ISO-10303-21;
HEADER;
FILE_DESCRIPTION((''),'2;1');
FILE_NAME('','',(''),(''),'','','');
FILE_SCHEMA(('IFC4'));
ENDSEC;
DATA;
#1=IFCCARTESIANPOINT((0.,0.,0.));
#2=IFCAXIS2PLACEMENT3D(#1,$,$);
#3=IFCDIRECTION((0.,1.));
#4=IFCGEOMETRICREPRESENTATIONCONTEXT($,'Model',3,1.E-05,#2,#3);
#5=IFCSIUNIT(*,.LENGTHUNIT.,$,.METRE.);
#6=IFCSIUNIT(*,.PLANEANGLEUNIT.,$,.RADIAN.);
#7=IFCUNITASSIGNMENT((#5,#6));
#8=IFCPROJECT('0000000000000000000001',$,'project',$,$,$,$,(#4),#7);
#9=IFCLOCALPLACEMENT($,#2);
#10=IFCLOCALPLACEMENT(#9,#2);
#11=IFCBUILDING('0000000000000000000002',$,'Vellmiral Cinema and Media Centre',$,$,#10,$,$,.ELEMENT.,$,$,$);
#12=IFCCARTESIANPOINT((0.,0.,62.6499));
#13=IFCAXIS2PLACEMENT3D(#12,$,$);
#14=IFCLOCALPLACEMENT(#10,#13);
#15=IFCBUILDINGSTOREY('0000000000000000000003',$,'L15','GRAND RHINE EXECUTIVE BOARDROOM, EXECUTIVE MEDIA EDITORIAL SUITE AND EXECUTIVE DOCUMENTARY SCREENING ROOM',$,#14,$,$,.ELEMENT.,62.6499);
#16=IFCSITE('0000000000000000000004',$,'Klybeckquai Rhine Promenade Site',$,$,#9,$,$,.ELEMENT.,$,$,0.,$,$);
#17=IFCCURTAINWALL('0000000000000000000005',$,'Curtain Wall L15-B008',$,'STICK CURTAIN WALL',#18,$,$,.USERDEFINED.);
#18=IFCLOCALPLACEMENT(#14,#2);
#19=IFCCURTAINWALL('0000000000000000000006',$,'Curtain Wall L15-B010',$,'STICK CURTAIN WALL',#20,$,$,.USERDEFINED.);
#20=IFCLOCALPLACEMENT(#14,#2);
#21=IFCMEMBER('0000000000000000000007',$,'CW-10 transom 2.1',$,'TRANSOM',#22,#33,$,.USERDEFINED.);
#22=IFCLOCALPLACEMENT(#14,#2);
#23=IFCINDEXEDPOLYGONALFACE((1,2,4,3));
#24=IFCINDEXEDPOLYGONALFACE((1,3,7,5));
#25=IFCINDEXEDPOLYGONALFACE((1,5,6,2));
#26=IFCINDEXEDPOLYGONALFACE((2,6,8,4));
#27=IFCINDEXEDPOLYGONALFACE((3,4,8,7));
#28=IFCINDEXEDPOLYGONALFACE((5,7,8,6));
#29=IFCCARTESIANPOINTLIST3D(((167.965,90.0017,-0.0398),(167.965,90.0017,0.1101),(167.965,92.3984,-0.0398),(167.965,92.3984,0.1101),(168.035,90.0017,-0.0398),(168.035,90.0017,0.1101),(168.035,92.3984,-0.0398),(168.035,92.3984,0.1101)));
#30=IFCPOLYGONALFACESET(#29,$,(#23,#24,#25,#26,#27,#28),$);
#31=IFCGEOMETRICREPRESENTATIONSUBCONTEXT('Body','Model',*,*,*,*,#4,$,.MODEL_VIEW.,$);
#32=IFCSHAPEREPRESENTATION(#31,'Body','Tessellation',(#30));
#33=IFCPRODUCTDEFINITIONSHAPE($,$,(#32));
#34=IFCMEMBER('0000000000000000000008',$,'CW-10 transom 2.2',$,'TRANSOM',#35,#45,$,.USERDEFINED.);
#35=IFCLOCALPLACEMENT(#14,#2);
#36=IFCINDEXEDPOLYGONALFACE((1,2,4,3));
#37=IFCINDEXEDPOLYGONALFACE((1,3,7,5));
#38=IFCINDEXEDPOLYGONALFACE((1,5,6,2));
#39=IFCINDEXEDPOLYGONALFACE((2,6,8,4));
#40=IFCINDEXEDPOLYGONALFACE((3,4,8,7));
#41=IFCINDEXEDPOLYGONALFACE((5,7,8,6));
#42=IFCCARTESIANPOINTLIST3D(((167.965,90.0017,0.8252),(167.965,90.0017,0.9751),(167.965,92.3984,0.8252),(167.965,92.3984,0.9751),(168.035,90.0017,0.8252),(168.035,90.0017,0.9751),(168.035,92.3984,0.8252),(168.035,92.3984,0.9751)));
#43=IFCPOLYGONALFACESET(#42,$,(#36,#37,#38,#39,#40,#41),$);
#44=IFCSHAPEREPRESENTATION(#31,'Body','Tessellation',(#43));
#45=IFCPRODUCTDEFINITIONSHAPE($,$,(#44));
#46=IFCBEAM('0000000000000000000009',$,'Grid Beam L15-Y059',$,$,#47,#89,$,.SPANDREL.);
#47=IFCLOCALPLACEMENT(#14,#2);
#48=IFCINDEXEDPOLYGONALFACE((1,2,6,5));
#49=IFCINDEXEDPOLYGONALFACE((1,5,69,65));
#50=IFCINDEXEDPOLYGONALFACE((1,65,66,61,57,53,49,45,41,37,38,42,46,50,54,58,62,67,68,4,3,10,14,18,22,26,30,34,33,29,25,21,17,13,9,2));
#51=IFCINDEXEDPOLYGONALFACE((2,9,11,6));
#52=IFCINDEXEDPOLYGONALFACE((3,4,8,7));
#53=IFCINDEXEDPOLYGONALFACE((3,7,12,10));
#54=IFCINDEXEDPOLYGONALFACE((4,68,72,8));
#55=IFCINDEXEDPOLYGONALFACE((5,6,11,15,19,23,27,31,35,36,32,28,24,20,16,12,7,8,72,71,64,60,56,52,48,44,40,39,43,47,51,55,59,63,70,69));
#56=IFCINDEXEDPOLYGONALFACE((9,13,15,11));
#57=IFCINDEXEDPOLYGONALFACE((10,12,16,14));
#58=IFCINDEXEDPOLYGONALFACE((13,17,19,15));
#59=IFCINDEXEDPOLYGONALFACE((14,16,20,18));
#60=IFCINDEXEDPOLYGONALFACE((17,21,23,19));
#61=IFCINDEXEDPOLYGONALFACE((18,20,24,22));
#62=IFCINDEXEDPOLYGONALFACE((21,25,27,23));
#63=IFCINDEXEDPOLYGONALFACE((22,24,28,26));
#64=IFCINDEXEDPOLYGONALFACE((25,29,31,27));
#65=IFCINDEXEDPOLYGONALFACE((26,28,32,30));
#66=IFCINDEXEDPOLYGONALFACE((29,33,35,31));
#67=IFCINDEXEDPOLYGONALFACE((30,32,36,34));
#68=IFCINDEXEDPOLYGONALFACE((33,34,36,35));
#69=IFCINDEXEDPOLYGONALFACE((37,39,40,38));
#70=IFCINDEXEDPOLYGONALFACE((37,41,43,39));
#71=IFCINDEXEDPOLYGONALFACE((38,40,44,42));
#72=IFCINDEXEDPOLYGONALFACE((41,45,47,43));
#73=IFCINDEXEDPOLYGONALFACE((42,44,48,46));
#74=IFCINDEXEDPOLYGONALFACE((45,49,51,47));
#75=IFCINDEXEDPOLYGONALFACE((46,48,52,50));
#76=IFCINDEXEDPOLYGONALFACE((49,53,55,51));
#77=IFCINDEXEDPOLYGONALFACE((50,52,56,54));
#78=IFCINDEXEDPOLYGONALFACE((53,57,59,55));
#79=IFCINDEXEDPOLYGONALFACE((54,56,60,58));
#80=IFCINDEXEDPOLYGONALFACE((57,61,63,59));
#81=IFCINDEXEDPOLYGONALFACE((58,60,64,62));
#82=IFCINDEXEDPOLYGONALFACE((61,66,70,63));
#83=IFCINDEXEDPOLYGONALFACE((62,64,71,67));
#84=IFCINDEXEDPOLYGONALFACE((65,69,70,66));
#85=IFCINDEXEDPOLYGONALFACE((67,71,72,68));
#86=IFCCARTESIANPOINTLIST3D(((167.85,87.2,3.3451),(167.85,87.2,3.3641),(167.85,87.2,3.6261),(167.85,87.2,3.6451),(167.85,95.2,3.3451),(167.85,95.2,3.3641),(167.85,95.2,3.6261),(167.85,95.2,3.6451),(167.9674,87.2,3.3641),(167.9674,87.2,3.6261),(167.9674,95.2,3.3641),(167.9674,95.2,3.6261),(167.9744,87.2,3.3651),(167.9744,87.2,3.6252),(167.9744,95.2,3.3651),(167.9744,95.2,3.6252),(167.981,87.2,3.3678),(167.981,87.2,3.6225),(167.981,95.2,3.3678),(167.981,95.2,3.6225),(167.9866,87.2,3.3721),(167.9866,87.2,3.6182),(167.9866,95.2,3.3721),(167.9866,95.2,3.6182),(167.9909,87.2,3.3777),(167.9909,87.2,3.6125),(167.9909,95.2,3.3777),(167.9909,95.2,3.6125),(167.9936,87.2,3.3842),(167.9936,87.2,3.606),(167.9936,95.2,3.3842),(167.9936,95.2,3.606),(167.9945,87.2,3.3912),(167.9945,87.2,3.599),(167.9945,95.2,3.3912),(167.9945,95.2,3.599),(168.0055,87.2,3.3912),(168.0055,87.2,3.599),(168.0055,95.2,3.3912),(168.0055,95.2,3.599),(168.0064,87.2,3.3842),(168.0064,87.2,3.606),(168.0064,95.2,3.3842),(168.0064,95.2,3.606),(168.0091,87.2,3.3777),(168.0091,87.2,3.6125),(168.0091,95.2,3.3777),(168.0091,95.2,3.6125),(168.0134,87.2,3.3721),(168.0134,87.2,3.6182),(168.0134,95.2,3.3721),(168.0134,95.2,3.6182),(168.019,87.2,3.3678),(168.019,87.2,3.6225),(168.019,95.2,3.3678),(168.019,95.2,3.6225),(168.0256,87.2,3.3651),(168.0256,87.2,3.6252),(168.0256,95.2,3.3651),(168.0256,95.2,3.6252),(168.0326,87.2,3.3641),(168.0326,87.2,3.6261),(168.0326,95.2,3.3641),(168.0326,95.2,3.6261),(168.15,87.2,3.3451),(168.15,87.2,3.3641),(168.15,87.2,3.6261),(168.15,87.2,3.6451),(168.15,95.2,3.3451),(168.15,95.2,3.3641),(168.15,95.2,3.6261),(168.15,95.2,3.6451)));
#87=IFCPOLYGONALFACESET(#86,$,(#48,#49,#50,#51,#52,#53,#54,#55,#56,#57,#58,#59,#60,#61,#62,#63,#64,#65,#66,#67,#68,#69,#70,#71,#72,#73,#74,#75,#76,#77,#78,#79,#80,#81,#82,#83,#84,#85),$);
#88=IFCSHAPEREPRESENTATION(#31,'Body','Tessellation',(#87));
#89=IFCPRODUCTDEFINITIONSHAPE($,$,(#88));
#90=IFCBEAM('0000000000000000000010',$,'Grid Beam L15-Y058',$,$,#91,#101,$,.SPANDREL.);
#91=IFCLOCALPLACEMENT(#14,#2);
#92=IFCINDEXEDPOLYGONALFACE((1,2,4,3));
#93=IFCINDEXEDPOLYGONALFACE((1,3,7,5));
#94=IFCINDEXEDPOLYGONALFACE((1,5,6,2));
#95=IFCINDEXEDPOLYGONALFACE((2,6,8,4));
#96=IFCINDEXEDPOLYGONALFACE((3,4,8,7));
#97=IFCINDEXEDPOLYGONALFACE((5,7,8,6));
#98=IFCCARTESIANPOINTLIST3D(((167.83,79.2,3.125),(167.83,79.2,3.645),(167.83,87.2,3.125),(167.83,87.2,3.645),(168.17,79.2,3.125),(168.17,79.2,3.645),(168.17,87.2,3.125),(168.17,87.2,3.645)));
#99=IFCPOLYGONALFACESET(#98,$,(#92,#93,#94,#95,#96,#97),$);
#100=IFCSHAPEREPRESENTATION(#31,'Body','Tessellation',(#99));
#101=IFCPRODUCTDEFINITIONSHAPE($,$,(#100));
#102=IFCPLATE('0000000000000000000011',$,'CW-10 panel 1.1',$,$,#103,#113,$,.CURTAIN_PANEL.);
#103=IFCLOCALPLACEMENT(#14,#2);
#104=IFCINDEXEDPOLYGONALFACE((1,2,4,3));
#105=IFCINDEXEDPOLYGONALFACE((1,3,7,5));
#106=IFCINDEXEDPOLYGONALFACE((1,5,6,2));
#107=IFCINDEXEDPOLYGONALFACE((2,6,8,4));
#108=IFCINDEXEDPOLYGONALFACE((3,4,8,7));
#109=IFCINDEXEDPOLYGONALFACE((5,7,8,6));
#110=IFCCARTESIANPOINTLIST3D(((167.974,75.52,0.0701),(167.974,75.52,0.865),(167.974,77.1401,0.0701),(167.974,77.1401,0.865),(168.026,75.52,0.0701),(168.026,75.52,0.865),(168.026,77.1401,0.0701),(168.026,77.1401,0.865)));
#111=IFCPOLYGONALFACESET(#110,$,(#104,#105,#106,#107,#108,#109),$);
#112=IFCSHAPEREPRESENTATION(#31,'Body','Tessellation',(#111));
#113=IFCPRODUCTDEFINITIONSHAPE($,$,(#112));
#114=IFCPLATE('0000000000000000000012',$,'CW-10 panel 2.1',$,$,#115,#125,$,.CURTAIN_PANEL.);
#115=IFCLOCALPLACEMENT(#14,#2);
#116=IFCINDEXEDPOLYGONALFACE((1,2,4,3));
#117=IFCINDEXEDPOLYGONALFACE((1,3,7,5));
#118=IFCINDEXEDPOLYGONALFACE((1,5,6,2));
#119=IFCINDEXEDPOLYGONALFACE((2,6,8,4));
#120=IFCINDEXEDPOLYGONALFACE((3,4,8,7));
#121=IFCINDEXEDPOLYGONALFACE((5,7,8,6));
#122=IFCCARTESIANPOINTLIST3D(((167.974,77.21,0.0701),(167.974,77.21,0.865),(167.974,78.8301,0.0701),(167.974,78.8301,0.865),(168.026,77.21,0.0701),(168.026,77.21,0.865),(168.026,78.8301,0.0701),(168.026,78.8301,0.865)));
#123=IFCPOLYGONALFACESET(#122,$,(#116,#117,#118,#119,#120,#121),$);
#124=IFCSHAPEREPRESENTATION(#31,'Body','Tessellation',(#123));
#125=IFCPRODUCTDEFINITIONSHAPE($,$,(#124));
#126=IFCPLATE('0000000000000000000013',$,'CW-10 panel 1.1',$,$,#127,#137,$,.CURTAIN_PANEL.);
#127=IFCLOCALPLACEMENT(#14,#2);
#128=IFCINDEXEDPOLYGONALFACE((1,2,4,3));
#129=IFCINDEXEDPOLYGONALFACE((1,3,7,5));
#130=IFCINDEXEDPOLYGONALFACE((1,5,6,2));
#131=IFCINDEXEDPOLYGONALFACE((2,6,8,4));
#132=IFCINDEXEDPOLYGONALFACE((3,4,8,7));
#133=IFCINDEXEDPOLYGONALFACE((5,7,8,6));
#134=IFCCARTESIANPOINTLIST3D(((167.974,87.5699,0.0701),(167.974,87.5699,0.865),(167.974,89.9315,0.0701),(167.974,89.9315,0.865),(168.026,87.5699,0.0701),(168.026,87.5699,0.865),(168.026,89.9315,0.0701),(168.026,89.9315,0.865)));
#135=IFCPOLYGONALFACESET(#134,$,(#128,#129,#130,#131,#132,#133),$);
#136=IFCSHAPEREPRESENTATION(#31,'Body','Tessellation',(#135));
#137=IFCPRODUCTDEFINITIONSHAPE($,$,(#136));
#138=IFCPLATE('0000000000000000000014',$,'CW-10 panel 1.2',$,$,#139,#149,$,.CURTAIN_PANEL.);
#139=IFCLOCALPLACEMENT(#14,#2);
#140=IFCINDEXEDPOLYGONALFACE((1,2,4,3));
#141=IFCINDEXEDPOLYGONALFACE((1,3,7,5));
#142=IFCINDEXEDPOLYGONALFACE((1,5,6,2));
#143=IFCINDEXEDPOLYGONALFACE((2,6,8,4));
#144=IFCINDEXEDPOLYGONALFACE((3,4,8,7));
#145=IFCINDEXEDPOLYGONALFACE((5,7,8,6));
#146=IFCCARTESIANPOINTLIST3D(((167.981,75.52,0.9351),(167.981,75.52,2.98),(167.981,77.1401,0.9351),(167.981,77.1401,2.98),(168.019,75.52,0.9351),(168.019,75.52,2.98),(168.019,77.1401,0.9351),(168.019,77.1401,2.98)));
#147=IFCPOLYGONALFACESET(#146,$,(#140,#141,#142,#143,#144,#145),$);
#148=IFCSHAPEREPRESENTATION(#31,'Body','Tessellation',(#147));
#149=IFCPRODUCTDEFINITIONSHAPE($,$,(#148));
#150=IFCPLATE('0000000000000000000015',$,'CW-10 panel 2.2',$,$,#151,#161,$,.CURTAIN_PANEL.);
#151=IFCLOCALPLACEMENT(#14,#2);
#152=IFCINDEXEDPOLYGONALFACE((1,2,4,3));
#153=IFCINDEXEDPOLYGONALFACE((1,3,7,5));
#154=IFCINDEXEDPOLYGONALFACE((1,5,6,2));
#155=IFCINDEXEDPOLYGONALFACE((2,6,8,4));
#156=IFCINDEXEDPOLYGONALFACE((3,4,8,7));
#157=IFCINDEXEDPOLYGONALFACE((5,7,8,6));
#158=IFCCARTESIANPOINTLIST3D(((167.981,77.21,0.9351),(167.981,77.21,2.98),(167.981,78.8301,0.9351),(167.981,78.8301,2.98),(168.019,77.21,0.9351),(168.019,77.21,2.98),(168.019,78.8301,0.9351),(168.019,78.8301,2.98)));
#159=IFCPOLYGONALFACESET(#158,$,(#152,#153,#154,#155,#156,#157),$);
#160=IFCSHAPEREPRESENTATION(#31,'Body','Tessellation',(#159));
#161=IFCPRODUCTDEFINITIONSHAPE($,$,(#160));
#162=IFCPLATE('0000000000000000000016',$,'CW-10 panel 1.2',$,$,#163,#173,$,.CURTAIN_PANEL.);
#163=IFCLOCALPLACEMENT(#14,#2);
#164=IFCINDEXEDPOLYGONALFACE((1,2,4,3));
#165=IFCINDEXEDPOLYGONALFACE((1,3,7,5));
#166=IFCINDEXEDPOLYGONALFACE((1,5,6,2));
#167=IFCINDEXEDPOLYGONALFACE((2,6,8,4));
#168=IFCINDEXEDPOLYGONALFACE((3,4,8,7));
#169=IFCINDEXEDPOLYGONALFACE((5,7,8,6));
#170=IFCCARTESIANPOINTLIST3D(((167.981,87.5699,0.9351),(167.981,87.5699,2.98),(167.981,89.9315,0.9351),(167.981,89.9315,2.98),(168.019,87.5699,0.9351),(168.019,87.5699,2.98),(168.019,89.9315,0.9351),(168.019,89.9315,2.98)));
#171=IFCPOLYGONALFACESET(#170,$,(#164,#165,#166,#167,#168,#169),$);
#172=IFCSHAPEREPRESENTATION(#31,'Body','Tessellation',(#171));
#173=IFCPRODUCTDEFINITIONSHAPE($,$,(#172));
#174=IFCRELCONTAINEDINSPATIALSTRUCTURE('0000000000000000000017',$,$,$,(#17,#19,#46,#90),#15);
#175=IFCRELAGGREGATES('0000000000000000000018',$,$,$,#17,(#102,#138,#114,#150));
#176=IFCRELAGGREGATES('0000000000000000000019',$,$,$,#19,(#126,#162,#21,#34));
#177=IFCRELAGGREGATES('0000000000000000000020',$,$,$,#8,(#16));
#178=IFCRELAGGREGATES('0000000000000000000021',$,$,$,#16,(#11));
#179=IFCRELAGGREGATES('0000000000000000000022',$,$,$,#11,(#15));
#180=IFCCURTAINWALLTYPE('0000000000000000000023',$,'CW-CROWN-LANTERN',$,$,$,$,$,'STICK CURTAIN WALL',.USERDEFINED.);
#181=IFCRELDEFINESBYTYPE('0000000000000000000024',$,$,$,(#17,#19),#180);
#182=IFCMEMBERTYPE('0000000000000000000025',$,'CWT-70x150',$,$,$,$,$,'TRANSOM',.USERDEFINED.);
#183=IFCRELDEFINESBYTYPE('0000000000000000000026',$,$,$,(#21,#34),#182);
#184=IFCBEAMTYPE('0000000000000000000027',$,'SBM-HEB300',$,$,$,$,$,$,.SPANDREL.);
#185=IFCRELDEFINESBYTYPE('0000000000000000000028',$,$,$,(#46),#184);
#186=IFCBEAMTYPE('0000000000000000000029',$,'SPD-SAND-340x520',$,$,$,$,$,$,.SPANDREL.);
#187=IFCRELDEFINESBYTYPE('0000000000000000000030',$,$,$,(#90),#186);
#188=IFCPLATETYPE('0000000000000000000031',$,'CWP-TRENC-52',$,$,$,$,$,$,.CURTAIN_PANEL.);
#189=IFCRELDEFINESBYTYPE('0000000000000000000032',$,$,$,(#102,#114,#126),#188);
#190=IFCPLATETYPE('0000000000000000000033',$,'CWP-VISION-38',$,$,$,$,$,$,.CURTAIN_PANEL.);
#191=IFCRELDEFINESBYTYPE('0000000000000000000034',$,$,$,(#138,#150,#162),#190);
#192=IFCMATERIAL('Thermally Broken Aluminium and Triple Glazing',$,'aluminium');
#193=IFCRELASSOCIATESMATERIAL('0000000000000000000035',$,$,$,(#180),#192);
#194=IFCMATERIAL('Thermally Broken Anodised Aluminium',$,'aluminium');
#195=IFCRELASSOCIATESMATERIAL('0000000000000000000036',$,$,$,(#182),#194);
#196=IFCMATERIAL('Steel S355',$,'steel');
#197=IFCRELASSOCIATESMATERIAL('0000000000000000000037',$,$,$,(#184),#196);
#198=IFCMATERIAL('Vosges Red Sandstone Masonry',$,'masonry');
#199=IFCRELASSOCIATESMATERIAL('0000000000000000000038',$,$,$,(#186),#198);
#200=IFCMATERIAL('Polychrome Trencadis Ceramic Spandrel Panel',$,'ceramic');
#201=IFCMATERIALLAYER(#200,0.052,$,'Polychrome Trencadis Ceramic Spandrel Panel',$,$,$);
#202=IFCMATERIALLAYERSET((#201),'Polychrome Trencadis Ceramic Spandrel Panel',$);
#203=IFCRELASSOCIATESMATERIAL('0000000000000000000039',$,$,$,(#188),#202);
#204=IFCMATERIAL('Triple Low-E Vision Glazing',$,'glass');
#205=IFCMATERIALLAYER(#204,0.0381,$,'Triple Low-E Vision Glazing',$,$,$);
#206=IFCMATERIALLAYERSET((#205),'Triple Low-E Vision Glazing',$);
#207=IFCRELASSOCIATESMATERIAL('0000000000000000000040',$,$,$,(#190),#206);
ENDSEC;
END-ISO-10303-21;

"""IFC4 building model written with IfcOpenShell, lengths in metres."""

from ifc_helpers import new_model, si_unit, direction, frame, origin, origin_2d, place, context, subcontext, project, spatial, rectangle, i_section, extrude, material, layer, layer_set, material_profile, profile_set, type_object, element, aggregate, save


model = new_model("IFC4")

# Units and contexts
model_context = context("Model", 3, precision=1e-05, world=origin(), true_north=direction((0.0, 1.0)))
body_context = subcontext(model_context, "Body", "Model", "MODEL_VIEW")
ifc_project = project(units=[si_unit("LENGTHUNIT", "METRE"), si_unit("PLANEANGLEUNIT", "RADIAN")], contexts=[model_context])

# Site, building, storey
site_placement = place(None, origin())
site = spatial("IfcSite", under=ifc_project, at=site_placement, Name="Klybeckquai Rhine Promenade Site", CompositionType="ELEMENT", RefElevation=0.0)
building_placement = place(site_placement, origin())
building = spatial("IfcBuilding", under=site, at=building_placement, Name="Vellmiral Cinema and Media Centre", CompositionType="ELEMENT")
storey_placement = place(building_placement, frame((0.0, 0.0, 62.6499)))
storey = spatial("IfcBuildingStorey", under=building, at=storey_placement, Name="L15", Description="GRAND RHINE EXECUTIVE BOARDROOM, EXECUTIVE MEDIA EDITORIAL SUITE AND EXECUTIVE DOCUMENTARY SCREENING ROOM", CompositionType="ELEMENT", Elevation=62.6499)

# Curtain walls
ifc_material_1 = material(Name="Thermally Broken Aluminium and Triple Glazing", Category="aluminium")
curtain_wall_type = type_object("IfcCurtainWallType", Name="CW-CROWN-LANTERN", ElementType="STICK CURTAIN WALL", PredefinedType="USERDEFINED", material=ifc_material_1)
curtain_wall_1_placement = place(storey_placement, origin())
curtain_wall_1 = element("IfcCurtainWall", 1, at=curtain_wall_1_placement, inside=storey, type_object=curtain_wall_type, Name="Curtain Wall L15-B008", ObjectType="STICK CURTAIN WALL", PredefinedType="USERDEFINED")
curtain_wall_2_placement = place(storey_placement, origin())
curtain_wall_2 = element("IfcCurtainWall", 2, at=curtain_wall_2_placement, inside=storey, type_object=curtain_wall_type, Name="Curtain Wall L15-B010", ObjectType="STICK CURTAIN WALL", PredefinedType="USERDEFINED")

# Members
ifc_material_2 = material(Name="Thermally Broken Anodised Aluminium", Category="aluminium")
ifc_material_profile_1 = material_profile(ifc_material_2, rectangle(XDim=0.0701, YDim=0.1499, at=origin_2d()), Name="MULL 70x150")
ifc_profile_set_1 = profile_set([ifc_material_profile_1], Name="Thermally Broken Anodised Aluminium")
member_type_1 = type_object("IfcMemberType", Name="CWT-70x150", ElementType="TRANSOM", PredefinedType="USERDEFINED", material=ifc_profile_set_1)
member_1_placement = place(storey_placement, frame((168.0, 90.0017, 0.0352), z_axis=(0.0, 1.0, 0.0), x_axis=(-1.0, 0.0, 0.0)))
member_1 = element("IfcMember", 3, at=member_1_placement, type_object=member_type_1, Name="CW-10 transom 2.1", ObjectType="TRANSOM", PredefinedType="USERDEFINED", context=body_context, shape_type="SweptSolid", body=[
    extrude(rectangle(XDim=0.0701, YDim=0.1499, at=origin_2d()), origin(), (0.0, 0.0, 1.0), 2.3967),
])
member_2_placement = place(storey_placement, frame((168.0, 90.0017, 0.9001), z_axis=(0.0, 1.0, 0.0), x_axis=(-1.0, 0.0, 0.0)))
member_2 = element("IfcMember", 4, at=member_2_placement, type_object=member_type_1, Name="CW-10 transom 2.2", ObjectType="TRANSOM", PredefinedType="USERDEFINED", context=body_context, shape_type="SweptSolid", body=[
    extrude(rectangle(XDim=0.0701, YDim=0.1499, at=origin_2d()), origin(), (0.0, 0.0, 1.0), 2.3967),
])

# Beams
ifc_material_3 = material(Name="Steel S355", Category="steel")
ifc_material_profile_2 = material_profile(ifc_material_3, i_section(OverallWidth=0.3, OverallDepth=0.3, WebThickness=0.011, FlangeThickness=0.019, FilletRadius=0.0271, at=origin_2d()), Name="HEB 300")
ifc_profile_set_2 = profile_set([ifc_material_profile_2], Name="Steel S355")
beam_type_1 = type_object("IfcBeamType", Name="SBM-HEB300", PredefinedType="SPANDREL", material=ifc_profile_set_2)
beam_1_placement = place(storey_placement, frame((168.0, 87.2, 3.4951), z_axis=(0.0, 1.0, 0.0), x_axis=(-1.0, 0.0, 0.0)))
element("IfcBeam", 5, at=beam_1_placement, inside=storey, type_object=beam_type_1, Name="Grid Beam L15-Y059", PredefinedType="SPANDREL", context=body_context, shape_type="SweptSolid", body=[
    extrude(i_section(OverallWidth=0.3, OverallDepth=0.3, WebThickness=0.011, FlangeThickness=0.019, FilletRadius=0.0271, at=origin_2d()), origin(), (0.0, 0.0, 1.0), 8.0),
])
ifc_material_4 = material(Name="Vosges Red Sandstone Masonry", Category="masonry")
ifc_material_profile_3 = material_profile(ifc_material_4, rectangle(XDim=0.3401, YDim=0.52, at=origin_2d()), Name="SAND 340x520")
ifc_profile_set_3 = profile_set([ifc_material_profile_3], Name="Vosges Red Sandstone Masonry")
beam_type_2 = type_object("IfcBeamType", Name="SPD-SAND-340x520", PredefinedType="SPANDREL", material=ifc_profile_set_3)
beam_2_placement = place(storey_placement, frame((168.0, 79.2, 3.385), z_axis=(0.0, 1.0, 0.0), x_axis=(-1.0, 0.0, 0.0)))
element("IfcBeam", 6, at=beam_2_placement, inside=storey, type_object=beam_type_2, Name="Grid Beam L15-Y058", PredefinedType="SPANDREL", context=body_context, shape_type="SweptSolid", body=[
    extrude(rectangle(XDim=0.3401, YDim=0.52, at=origin_2d()), origin(), (0.0, 0.0, 1.0), 8.0),
])

# Plates
ifc_material_5 = material(Name="Polychrome Trencadis Ceramic Spandrel Panel", Category="ceramic")
ifc_layer_1 = layer(ifc_material_5, 0.052, Name="Polychrome Trencadis Ceramic Spandrel Panel")
ifc_layer_set_1 = layer_set([ifc_layer_1], Name="Polychrome Trencadis Ceramic Spandrel Panel")
plate_type_1 = type_object("IfcPlateType", Name="CWP-TRENC-52", PredefinedType="CURTAIN_PANEL", material=ifc_layer_set_1)
plate_1_placement = place(storey_placement, frame((168.0, 76.3301, 0.0701), z_axis=(0.0, 0.0, 1.0), x_axis=(0.0, 1.0, 0.0)))
plate_1 = element("IfcPlate", 7, at=plate_1_placement, type_object=plate_type_1, Name="CW-10 panel 1.1", PredefinedType="CURTAIN_PANEL", context=body_context, shape_type="SweptSolid", body=[
    extrude(rectangle(XDim=1.6201, YDim=0.052, at=origin_2d()), origin(), (0.0, 0.0, 1.0), 0.7949),
])
plate_2_placement = place(storey_placement, frame((168.0, 78.02, 0.0701), z_axis=(0.0, 0.0, 1.0), x_axis=(0.0, 1.0, 0.0)))
plate_2 = element("IfcPlate", 8, at=plate_2_placement, type_object=plate_type_1, Name="CW-10 panel 2.1", PredefinedType="CURTAIN_PANEL", context=body_context, shape_type="SweptSolid", body=[
    extrude(rectangle(XDim=1.6201, YDim=0.052, at=origin_2d()), origin(), (0.0, 0.0, 1.0), 0.7949),
])
plate_3_placement = place(storey_placement, frame((168.0, 88.7507, 0.0701), z_axis=(0.0, 0.0, 1.0), x_axis=(0.0, 1.0, 0.0)))
plate_3 = element("IfcPlate", 9, at=plate_3_placement, type_object=plate_type_1, Name="CW-10 panel 1.1", PredefinedType="CURTAIN_PANEL", context=body_context, shape_type="SweptSolid", body=[
    extrude(rectangle(XDim=2.3616, YDim=0.052, at=origin_2d()), origin(), (0.0, 0.0, 1.0), 0.7949),
])
ifc_material_6 = material(Name="Triple Low-E Vision Glazing", Category="glass")
ifc_layer_2 = layer(ifc_material_6, 0.0381, Name="Triple Low-E Vision Glazing")
ifc_layer_set_2 = layer_set([ifc_layer_2], Name="Triple Low-E Vision Glazing")
plate_type_2 = type_object("IfcPlateType", Name="CWP-VISION-38", PredefinedType="CURTAIN_PANEL", material=ifc_layer_set_2)
plate_4_placement = place(storey_placement, frame((168.0, 76.3301, 0.9351), z_axis=(0.0, 0.0, 1.0), x_axis=(0.0, 1.0, 0.0)))
plate_4 = element("IfcPlate", 10, at=plate_4_placement, type_object=plate_type_2, Name="CW-10 panel 1.2", PredefinedType="CURTAIN_PANEL", context=body_context, shape_type="SweptSolid", body=[
    extrude(rectangle(XDim=1.6201, YDim=0.0381, at=origin_2d()), origin(), (0.0, 0.0, 1.0), 2.0449),
])
plate_5_placement = place(storey_placement, frame((168.0, 78.02, 0.9351), z_axis=(0.0, 0.0, 1.0), x_axis=(0.0, 1.0, 0.0)))
plate_5 = element("IfcPlate", 11, at=plate_5_placement, type_object=plate_type_2, Name="CW-10 panel 2.2", PredefinedType="CURTAIN_PANEL", context=body_context, shape_type="SweptSolid", body=[
    extrude(rectangle(XDim=1.6201, YDim=0.0381, at=origin_2d()), origin(), (0.0, 0.0, 1.0), 2.0449),
])
aggregate(curtain_wall_1, [plate_1, plate_4, plate_2, plate_5])
plate_6_placement = place(storey_placement, frame((168.0, 88.7507, 0.9351), z_axis=(0.0, 0.0, 1.0), x_axis=(0.0, 1.0, 0.0)))
plate_6 = element("IfcPlate", 12, at=plate_6_placement, type_object=plate_type_2, Name="CW-10 panel 1.2", PredefinedType="CURTAIN_PANEL", context=body_context, shape_type="SweptSolid", body=[
    extrude(rectangle(XDim=2.3616, YDim=0.0381, at=origin_2d()), origin(), (0.0, 0.0, 1.0), 2.0449),
])
aggregate(curtain_wall_2, [plate_3, plate_6, member_1, member_2])

save(model, "model.ifc")
